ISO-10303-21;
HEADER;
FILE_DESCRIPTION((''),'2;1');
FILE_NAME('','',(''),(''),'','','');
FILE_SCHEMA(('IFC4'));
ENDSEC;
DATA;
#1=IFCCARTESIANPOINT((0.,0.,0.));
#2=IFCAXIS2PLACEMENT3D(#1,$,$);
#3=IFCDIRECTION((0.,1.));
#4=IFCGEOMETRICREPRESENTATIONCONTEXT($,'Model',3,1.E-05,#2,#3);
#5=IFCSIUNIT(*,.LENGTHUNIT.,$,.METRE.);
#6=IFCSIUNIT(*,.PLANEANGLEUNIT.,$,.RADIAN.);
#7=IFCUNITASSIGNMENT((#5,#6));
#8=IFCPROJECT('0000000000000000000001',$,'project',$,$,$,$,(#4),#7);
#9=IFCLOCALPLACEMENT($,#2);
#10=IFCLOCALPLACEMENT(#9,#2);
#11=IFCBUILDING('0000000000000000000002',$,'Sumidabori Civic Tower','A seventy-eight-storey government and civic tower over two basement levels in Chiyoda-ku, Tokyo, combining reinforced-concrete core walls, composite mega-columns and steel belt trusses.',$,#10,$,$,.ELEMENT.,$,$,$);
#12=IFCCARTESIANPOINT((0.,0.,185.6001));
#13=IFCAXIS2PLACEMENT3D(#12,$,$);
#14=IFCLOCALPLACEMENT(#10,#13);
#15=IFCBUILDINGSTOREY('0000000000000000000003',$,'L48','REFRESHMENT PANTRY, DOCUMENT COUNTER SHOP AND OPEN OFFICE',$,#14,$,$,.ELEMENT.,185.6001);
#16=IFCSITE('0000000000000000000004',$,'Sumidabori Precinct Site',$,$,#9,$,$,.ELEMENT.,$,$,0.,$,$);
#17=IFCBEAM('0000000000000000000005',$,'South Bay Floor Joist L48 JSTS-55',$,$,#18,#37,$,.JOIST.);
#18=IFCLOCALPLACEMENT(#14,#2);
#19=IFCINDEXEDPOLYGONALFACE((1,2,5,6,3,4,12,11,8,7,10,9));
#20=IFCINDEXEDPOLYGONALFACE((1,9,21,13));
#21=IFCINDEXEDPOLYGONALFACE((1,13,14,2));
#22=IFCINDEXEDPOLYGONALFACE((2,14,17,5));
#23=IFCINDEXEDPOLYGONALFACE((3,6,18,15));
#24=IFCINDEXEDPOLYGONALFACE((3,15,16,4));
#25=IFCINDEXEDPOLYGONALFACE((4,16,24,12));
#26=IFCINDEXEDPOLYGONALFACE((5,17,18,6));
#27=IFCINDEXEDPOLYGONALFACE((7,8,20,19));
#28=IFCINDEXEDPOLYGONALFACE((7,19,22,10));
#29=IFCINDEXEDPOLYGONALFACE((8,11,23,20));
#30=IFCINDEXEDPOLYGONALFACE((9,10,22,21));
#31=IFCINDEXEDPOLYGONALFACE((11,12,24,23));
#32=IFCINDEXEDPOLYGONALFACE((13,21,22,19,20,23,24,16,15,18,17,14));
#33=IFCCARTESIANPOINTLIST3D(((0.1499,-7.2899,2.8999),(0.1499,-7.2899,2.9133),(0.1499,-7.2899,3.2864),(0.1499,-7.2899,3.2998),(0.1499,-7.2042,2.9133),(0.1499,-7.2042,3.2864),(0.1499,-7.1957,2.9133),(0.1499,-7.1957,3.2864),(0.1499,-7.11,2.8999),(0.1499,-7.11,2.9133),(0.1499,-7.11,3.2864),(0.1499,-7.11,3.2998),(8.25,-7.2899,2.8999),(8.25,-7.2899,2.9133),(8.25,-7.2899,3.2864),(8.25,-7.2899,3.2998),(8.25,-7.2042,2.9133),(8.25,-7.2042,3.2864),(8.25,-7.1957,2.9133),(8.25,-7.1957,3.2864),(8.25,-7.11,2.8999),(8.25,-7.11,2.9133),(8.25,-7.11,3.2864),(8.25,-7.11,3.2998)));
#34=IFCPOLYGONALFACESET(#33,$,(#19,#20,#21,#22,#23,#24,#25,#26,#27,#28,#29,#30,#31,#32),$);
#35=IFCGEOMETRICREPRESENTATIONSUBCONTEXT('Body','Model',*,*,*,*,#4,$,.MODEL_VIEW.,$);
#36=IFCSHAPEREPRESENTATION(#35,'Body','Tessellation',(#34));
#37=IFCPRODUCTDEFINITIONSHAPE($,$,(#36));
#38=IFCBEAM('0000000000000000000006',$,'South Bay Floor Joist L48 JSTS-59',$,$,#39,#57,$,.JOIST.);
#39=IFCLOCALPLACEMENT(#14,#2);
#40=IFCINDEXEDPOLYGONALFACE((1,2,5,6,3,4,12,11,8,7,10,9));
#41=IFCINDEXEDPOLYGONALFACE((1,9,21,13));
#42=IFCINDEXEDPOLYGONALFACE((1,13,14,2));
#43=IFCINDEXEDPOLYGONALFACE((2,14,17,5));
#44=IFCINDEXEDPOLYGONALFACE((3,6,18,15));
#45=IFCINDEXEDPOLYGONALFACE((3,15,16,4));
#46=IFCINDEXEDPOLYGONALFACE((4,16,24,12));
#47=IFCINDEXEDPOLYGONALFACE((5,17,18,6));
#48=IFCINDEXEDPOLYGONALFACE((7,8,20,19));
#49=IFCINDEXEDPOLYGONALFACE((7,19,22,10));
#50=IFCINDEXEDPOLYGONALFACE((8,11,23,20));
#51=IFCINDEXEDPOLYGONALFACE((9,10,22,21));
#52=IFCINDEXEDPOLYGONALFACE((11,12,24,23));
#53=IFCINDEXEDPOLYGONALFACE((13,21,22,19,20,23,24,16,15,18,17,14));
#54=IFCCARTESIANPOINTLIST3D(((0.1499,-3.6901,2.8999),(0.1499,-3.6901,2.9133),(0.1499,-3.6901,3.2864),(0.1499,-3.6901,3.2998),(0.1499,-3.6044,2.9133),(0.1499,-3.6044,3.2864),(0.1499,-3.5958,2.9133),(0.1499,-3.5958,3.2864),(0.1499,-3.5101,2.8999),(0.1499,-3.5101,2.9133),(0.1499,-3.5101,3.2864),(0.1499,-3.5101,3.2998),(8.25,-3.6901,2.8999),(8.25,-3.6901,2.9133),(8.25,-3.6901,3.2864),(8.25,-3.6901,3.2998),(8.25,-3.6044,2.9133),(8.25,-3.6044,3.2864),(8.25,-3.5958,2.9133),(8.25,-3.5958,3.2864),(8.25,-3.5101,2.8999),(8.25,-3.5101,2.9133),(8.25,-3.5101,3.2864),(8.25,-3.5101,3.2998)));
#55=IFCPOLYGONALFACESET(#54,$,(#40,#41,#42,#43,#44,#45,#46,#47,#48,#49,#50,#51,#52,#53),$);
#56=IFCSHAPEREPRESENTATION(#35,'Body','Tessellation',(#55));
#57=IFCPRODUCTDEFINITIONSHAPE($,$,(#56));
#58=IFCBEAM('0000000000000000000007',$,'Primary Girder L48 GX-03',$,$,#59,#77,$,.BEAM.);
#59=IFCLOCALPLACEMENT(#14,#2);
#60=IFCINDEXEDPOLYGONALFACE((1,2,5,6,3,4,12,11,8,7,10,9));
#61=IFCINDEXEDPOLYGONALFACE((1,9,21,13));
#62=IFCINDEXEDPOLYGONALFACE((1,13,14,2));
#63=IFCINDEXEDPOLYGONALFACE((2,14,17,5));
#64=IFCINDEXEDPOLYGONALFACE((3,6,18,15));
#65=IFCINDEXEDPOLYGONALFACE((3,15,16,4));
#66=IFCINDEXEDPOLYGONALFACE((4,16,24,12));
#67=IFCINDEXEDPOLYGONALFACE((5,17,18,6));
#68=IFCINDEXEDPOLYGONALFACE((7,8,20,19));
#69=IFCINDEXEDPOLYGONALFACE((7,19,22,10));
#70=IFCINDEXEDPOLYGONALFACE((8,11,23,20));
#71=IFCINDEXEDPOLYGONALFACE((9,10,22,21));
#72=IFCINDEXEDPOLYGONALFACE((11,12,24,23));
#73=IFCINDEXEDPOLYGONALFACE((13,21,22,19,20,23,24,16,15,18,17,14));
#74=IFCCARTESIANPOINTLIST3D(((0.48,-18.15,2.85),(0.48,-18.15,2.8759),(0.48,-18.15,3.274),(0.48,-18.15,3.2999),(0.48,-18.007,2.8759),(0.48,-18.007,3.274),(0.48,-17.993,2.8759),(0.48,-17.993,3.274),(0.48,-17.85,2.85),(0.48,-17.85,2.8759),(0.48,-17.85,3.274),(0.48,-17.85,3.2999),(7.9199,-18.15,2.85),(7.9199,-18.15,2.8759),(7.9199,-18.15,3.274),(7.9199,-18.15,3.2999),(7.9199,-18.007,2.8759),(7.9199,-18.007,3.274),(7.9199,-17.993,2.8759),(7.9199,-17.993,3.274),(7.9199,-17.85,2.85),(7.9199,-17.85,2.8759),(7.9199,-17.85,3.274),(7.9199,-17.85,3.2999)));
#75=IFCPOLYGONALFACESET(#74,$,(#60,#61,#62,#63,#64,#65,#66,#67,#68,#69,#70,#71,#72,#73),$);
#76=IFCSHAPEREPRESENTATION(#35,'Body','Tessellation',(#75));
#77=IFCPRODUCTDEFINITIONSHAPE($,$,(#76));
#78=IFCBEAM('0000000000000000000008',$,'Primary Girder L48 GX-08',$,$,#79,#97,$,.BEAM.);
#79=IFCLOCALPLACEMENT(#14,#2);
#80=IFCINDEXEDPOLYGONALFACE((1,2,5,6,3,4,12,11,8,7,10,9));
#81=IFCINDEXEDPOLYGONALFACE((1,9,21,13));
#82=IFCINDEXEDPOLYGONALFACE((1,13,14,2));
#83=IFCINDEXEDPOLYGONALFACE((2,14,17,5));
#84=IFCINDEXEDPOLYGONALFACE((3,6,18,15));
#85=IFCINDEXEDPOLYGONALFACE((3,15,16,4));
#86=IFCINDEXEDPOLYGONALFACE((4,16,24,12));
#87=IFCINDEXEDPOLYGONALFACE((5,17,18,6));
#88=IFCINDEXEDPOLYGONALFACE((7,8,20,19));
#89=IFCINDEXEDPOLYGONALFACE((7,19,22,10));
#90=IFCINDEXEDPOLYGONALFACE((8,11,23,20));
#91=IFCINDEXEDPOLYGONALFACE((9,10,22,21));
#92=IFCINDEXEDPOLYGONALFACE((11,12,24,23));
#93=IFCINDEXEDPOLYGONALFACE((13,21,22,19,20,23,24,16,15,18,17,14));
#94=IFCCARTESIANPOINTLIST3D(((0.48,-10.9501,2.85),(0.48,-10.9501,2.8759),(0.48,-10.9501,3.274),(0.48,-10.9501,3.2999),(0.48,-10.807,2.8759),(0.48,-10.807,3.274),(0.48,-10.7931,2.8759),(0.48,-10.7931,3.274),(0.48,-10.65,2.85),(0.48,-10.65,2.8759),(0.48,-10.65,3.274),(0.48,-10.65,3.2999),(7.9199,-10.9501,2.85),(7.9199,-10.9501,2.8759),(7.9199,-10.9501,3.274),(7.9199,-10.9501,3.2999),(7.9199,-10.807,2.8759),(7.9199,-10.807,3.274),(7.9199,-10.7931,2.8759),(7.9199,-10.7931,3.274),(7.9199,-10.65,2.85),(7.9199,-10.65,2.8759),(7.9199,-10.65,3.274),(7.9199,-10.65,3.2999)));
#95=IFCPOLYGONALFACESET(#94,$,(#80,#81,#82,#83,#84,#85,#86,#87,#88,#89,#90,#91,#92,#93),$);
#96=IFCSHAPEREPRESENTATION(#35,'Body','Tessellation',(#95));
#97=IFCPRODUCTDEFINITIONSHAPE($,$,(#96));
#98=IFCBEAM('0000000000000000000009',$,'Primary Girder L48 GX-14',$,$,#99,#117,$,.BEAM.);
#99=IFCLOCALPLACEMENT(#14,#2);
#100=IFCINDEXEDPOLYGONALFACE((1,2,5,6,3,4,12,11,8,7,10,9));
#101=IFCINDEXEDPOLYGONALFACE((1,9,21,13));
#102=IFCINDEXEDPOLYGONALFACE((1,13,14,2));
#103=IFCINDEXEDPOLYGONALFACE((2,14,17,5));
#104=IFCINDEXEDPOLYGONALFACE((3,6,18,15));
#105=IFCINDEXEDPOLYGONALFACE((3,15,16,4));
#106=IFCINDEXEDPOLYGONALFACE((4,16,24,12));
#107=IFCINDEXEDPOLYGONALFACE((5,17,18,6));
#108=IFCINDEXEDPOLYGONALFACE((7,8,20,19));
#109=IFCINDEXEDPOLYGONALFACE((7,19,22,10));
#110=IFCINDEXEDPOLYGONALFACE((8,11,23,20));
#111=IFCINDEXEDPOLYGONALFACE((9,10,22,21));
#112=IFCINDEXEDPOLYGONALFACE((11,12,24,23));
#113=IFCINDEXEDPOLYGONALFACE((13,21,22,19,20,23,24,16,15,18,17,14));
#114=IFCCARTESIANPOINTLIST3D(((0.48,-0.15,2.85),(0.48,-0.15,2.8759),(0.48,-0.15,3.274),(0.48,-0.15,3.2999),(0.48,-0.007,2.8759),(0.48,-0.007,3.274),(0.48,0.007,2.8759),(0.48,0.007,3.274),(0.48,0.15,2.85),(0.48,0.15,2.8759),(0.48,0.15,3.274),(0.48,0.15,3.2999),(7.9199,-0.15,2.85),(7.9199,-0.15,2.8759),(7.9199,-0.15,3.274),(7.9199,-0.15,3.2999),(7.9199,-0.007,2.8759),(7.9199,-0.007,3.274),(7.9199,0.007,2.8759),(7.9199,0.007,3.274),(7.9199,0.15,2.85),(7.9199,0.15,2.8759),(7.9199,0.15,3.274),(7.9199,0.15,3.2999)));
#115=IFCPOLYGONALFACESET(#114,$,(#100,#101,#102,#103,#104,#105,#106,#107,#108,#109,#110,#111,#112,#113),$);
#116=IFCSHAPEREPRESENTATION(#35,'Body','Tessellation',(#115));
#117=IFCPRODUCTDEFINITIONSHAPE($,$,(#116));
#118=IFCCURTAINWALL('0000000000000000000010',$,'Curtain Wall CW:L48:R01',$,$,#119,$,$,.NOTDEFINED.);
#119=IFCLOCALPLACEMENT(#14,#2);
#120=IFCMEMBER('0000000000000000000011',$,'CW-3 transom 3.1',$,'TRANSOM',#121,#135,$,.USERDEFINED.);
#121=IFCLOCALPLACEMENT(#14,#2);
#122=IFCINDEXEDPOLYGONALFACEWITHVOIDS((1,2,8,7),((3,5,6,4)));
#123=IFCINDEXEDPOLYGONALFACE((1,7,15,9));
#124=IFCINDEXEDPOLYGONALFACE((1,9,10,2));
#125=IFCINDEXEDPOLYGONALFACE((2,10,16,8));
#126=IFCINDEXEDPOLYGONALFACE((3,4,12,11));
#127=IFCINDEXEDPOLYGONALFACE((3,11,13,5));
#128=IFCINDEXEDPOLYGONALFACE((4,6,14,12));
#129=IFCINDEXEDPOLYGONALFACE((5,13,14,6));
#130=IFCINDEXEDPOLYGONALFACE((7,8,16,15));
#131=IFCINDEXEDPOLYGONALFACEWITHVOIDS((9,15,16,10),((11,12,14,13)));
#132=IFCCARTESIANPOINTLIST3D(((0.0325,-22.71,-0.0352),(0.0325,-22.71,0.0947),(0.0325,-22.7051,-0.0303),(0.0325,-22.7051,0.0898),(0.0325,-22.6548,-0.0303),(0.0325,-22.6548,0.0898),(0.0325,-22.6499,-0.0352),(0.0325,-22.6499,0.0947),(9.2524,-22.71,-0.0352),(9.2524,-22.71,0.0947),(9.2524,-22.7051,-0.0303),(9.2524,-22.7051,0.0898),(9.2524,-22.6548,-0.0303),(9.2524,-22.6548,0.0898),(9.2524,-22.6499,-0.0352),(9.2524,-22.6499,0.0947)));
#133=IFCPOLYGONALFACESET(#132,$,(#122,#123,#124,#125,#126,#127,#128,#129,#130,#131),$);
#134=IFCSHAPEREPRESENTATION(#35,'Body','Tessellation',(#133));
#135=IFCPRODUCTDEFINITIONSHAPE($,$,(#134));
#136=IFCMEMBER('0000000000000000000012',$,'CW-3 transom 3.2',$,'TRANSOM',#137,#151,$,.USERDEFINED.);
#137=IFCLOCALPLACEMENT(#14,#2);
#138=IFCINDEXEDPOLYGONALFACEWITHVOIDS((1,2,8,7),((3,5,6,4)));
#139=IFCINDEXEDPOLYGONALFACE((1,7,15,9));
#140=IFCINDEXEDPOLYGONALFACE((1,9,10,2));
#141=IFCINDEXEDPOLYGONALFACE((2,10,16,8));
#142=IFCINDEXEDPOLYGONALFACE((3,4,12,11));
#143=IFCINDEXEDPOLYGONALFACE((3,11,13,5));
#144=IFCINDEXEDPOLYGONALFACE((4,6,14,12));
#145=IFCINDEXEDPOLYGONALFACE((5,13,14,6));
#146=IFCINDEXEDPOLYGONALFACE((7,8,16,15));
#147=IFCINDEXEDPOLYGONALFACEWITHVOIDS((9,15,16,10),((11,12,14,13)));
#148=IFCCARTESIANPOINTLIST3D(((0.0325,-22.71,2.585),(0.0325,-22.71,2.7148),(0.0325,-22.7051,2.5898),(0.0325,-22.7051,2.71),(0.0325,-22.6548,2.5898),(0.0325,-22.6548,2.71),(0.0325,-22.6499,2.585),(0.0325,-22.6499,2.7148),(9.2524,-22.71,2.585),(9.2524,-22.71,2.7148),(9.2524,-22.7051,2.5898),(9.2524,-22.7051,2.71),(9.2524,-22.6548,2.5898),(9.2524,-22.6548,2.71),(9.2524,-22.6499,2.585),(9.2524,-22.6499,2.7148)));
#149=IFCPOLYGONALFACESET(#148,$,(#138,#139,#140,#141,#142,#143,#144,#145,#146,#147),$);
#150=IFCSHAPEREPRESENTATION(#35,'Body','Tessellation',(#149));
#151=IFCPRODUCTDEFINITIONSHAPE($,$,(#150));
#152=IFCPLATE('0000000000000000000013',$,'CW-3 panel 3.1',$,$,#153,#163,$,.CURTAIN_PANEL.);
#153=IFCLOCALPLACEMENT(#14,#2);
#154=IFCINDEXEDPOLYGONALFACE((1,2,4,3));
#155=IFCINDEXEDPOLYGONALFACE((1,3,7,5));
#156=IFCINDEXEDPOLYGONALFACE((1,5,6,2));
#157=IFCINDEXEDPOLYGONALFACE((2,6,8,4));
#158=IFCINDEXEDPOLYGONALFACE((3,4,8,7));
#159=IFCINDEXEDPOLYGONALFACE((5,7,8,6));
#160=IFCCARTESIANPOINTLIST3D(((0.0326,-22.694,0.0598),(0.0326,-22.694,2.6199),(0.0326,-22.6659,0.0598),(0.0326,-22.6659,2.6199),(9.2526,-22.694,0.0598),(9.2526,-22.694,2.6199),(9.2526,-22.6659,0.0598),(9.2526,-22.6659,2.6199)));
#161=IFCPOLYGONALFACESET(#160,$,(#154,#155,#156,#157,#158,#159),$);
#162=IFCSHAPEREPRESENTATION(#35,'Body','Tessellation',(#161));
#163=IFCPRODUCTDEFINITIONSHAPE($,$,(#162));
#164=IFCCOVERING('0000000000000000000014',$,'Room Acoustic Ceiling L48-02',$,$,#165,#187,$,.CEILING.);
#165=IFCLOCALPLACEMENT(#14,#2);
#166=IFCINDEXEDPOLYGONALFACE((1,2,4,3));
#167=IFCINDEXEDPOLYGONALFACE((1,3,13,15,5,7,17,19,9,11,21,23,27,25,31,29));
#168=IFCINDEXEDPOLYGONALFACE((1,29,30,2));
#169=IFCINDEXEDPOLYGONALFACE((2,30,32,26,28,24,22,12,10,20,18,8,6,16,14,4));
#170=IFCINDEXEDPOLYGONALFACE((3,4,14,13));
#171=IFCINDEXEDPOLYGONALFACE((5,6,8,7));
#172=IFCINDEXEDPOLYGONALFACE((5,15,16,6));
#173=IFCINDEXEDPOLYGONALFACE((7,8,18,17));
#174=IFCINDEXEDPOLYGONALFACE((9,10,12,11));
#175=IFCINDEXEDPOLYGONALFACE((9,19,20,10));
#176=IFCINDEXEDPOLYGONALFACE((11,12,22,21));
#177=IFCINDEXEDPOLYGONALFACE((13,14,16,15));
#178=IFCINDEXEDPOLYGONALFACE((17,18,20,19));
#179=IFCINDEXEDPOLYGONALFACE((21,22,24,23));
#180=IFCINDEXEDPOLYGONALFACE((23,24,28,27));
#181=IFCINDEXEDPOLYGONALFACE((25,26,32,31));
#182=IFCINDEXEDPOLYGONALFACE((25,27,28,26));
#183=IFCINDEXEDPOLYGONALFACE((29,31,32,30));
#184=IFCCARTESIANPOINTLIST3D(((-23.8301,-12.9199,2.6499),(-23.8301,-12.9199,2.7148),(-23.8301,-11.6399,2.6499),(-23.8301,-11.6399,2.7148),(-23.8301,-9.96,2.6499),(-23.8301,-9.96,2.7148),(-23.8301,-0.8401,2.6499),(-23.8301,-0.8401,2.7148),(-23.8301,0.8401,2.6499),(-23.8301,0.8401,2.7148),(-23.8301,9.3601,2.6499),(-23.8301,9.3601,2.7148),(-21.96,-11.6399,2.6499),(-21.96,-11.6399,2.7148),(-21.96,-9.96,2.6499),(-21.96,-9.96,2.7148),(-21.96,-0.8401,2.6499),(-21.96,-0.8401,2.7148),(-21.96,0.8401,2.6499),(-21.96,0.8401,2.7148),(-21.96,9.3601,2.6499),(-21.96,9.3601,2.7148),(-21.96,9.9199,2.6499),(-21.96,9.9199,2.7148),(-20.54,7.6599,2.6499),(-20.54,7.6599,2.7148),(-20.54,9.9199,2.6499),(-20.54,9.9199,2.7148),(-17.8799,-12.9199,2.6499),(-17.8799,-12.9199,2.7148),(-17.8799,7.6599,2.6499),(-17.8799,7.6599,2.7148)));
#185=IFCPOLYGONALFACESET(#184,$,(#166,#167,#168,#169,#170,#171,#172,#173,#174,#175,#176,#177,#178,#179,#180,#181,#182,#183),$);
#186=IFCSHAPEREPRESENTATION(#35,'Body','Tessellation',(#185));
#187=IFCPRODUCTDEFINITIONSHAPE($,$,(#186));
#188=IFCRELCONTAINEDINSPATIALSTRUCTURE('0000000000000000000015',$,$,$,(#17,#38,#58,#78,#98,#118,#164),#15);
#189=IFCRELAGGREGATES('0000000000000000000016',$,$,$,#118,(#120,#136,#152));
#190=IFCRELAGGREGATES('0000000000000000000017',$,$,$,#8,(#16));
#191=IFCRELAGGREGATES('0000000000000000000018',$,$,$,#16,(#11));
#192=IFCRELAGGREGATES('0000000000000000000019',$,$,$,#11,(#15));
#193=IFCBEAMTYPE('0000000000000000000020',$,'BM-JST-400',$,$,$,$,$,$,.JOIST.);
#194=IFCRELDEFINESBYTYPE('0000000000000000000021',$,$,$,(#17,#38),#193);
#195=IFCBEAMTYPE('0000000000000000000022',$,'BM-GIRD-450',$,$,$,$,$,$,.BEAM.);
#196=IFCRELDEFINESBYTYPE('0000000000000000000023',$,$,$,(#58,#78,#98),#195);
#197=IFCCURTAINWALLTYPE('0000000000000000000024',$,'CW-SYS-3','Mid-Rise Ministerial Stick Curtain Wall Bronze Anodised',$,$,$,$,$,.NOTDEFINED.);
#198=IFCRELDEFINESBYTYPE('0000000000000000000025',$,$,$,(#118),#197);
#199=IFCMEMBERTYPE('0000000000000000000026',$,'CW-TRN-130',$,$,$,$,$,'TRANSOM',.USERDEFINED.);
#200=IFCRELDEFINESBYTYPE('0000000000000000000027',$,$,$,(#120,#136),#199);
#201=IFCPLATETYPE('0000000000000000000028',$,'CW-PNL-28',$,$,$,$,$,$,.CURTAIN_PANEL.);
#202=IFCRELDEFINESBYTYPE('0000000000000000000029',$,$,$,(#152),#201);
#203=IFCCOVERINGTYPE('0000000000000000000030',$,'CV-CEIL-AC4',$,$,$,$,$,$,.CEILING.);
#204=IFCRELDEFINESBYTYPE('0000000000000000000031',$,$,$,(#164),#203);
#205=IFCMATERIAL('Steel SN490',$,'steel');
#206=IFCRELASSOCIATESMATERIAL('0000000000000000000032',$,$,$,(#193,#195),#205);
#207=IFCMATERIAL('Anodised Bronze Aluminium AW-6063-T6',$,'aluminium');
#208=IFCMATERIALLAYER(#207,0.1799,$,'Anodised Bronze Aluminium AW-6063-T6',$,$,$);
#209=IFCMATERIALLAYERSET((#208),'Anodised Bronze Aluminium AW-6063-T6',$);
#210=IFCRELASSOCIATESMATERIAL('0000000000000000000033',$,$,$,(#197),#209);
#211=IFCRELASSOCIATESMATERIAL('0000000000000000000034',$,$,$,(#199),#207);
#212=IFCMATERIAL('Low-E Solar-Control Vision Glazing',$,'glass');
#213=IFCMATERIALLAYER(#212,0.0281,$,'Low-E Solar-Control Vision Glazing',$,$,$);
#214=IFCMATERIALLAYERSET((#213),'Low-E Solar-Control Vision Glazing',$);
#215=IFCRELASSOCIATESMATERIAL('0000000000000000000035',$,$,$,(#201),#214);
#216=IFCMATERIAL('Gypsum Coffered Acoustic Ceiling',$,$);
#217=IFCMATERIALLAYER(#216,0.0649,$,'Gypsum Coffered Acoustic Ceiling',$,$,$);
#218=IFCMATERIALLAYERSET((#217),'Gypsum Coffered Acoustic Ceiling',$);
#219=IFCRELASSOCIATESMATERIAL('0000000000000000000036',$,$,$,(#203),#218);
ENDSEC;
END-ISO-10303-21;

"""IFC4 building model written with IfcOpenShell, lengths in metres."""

from ifc_helpers import new_model, si_unit, direction, frame, origin, origin_2d, place, context, subcontext, project, spatial, polyline, rectangle, hollow_rectangle, i_section, outline, extrude, source, transform, mapped, material, layer, layer_set, material_profile, profile_set, type_object, element, aggregate, save


model = new_model("IFC4")

# Units and contexts
model_context = context("Model", 3, precision=1e-05, world=origin(), true_north=direction((0.0, 1.0)))
body_context = subcontext(model_context, "Body", "Model", "MODEL_VIEW")
ifc_project = project(units=[si_unit("LENGTHUNIT", "METRE"), si_unit("PLANEANGLEUNIT", "RADIAN")], contexts=[model_context])

# Site, building, storey
site_placement = place(None, origin())
site = spatial("IfcSite", under=ifc_project, at=site_placement, Name="Sumidabori Precinct Site", CompositionType="ELEMENT", RefElevation=0.0)
building_placement = place(site_placement, origin())
building = spatial("IfcBuilding", under=site, at=building_placement, Name="Sumidabori Civic Tower", Description="A seventy-eight-storey government and civic tower over two basement levels in Chiyoda-ku, Tokyo, combining reinforced-concrete core walls, composite mega-columns and steel belt trusses.", CompositionType="ELEMENT")
storey_placement = place(building_placement, frame((0.0, 0.0, 185.6001)))
storey = spatial("IfcBuildingStorey", under=building, at=storey_placement, Name="L48", Description="REFRESHMENT PANTRY, DOCUMENT COUNTER SHOP AND OPEN OFFICE", CompositionType="ELEMENT", Elevation=185.6001)

# Beams
ifc_material_1 = material(Name="Steel SN490", Category="steel")
ifc_material_profile_1 = material_profile(ifc_material_1, i_section(OverallWidth=0.1799, OverallDepth=0.3999, WebThickness=0.0085, FlangeThickness=0.0134, at=origin_2d()), Name="IPE 400")
ifc_profile_set_1 = profile_set([ifc_material_profile_1], Name="Steel SN490")
beam_type_1 = type_object("IfcBeamType", Name="BM-JST-400", PredefinedType="JOIST", material=ifc_profile_set_1)
shared_shape_1 = source(origin(), body_context, "Body", "SweptSolid", [
    extrude(i_section(OverallWidth=0.1799, OverallDepth=0.3999, WebThickness=0.0085, FlangeThickness=0.0134, at=origin_2d()), origin(), (0.0, 0.0, 1.0), 8.1001),
])
for number, where, z_axis, x_axis, name in (
    (1, (0.1499, -7.2, 3.0999), (1.0, 0.0, 0.0), (0.0, 1.0, 0.0), "South Bay Floor Joist L48 JSTS-55"),
    (2, (0.1499, -3.6001, 3.0999), (1.0, 0.0, 0.0), (0.0, 1.0, 0.0), "South Bay Floor Joist L48 JSTS-59"),
):
    element("IfcBeam", number, at=place(storey_placement, frame(where, z_axis=z_axis, x_axis=x_axis)), inside=storey, type_object=beam_type_1, Name=name, PredefinedType="JOIST", context=body_context, shape_type="MappedRepresentation", body=[
        mapped(shared_shape_1, transform((0.0, 0.0, 0.0), x_axis=(1.0, 0.0, 0.0), y_axis=(0.0, 1.0, 0.0), z_axis=(0.0, 0.0, 1.0), scale=1.0)),
    ])
ifc_material_profile_2 = material_profile(ifc_material_1, i_section(OverallWidth=0.3, OverallDepth=0.45, WebThickness=0.0139, FlangeThickness=0.0259, at=origin_2d()), Name="HE 450 B")
ifc_profile_set_2 = profile_set([ifc_material_profile_2], Name="Steel SN490")
beam_type_2 = type_object("IfcBeamType", Name="BM-GIRD-450", PredefinedType="BEAM", material=ifc_profile_set_2)
shared_shape_2 = source(origin(), body_context, "Body", "SweptSolid", [
    extrude(i_section(OverallWidth=0.3, OverallDepth=0.45, WebThickness=0.0139, FlangeThickness=0.0259, at=origin_2d()), origin(), (0.0, 0.0, 1.0), 7.4399),
])
for number, where, z_axis, x_axis, name in (
    (3, (0.48, -18.0, 3.075), (1.0, 0.0, 0.0), (0.0, 1.0, 0.0), "Primary Girder L48 GX-03"),
    (4, (0.48, -10.8, 3.075), (1.0, 0.0, 0.0), (0.0, 1.0, 0.0), "Primary Girder L48 GX-08"),
    (5, (0.48, 0.0, 3.075), (1.0, 0.0, 0.0), (0.0, 1.0, 0.0), "Primary Girder L48 GX-14"),
):
    element("IfcBeam", number, at=place(storey_placement, frame(where, z_axis=z_axis, x_axis=x_axis)), inside=storey, type_object=beam_type_2, Name=name, PredefinedType="BEAM", context=body_context, shape_type="MappedRepresentation", body=[
        mapped(shared_shape_2, transform((0.0, 0.0, 0.0), x_axis=(1.0, 0.0, 0.0), y_axis=(0.0, 1.0, 0.0), z_axis=(0.0, 0.0, 1.0), scale=1.0)),
    ])

# Curtain wall, members, plate
ifc_material_2 = material(Name="Anodised Bronze Aluminium AW-6063-T6", Category="aluminium")
ifc_layer_1 = layer(ifc_material_2, 0.1799, Name="Anodised Bronze Aluminium AW-6063-T6")
ifc_layer_set_1 = layer_set([ifc_layer_1], Name="Anodised Bronze Aluminium AW-6063-T6")
curtain_wall_type = type_object("IfcCurtainWallType", Name="CW-SYS-3", Description="Mid-Rise Ministerial Stick Curtain Wall Bronze Anodised", PredefinedType="NOTDEFINED", material=ifc_layer_set_1)
curtain_wall_placement = place(storey_placement, origin())
curtain_wall = element("IfcCurtainWall", 6, at=curtain_wall_placement, inside=storey, type_object=curtain_wall_type, Name="Curtain Wall CW:L48:R01", PredefinedType="NOTDEFINED")
ifc_material_profile_3 = material_profile(ifc_material_2, hollow_rectangle(XDim=0.0601, YDim=0.1299, WallThickness=0.0049, at=origin_2d()), Name="ALU TRANSOM 130x60")
ifc_profile_set_3 = profile_set([ifc_material_profile_3], Name="Anodised Bronze Aluminium AW-6063-T6")
member_type = type_object("IfcMemberType", Name="CW-TRN-130", ElementType="TRANSOM", PredefinedType="USERDEFINED", material=ifc_profile_set_3)
shared_shape_3 = source(origin(), body_context, "Body", "SweptSolid", [
    extrude(hollow_rectangle(XDim=0.0601, YDim=0.1299, WallThickness=0.0049, at=origin_2d()), origin(), (0.0, 0.0, 1.0), 9.22),
])
member_1_placement = place(storey_placement, frame((0.0325, -22.6799, 0.0298), z_axis=(1.0, 0.0, 0.0), x_axis=(0.0, 1.0, 0.0)))
member_1 = element("IfcMember", 7, at=member_1_placement, type_object=member_type, Name="CW-3 transom 3.1", ObjectType="TRANSOM", PredefinedType="USERDEFINED", context=body_context, shape_type="MappedRepresentation", body=[
    mapped(shared_shape_3, transform((0.0, 0.0, 0.0), x_axis=(1.0, 0.0, 0.0), y_axis=(0.0, 1.0, 0.0), z_axis=(0.0, 0.0, 1.0), scale=1.0)),
])
member_2_placement = place(storey_placement, frame((0.0325, -22.6799, 2.6499), z_axis=(1.0, 0.0, 0.0), x_axis=(0.0, 1.0, 0.0)))
member_2 = element("IfcMember", 8, at=member_2_placement, type_object=member_type, Name="CW-3 transom 3.2", ObjectType="TRANSOM", PredefinedType="USERDEFINED", context=body_context, shape_type="MappedRepresentation", body=[
    mapped(shared_shape_3, transform((0.0, 0.0, 0.0), x_axis=(1.0, 0.0, 0.0), y_axis=(0.0, 1.0, 0.0), z_axis=(0.0, 0.0, 1.0), scale=1.0)),
])
ifc_material_3 = material(Name="Low-E Solar-Control Vision Glazing", Category="glass")
ifc_layer_2 = layer(ifc_material_3, 0.0281, Name="Low-E Solar-Control Vision Glazing")
ifc_layer_set_2 = layer_set([ifc_layer_2], Name="Low-E Solar-Control Vision Glazing")
plate_type = type_object("IfcPlateType", Name="CW-PNL-28", PredefinedType="CURTAIN_PANEL", material=ifc_layer_set_2)
shared_shape_4 = source(origin(), body_context, "Body", "SweptSolid", [
    extrude(rectangle(XDim=9.22, YDim=0.0281, at=origin_2d()), origin(), (0.0, 0.0, 1.0), 2.5601),
])
plate_placement = place(storey_placement, frame((4.6426, -22.6799, 0.0598), z_axis=(0.0, 0.0, 1.0), x_axis=(1.0, 0.0, 0.0)))
plate = element("IfcPlate", 9, at=plate_placement, type_object=plate_type, Name="CW-3 panel 3.1", PredefinedType="CURTAIN_PANEL", context=body_context, shape_type="MappedRepresentation", body=[
    mapped(shared_shape_4, transform((0.0, 0.0, 0.0), x_axis=(1.0, 0.0, 0.0), y_axis=(0.0, 1.0, 0.0), z_axis=(0.0, 0.0, 1.0), scale=1.0)),
])
aggregate(curtain_wall, [member_1, member_2, plate])

# Covering
ifc_material_4 = material(Name="Gypsum Coffered Acoustic Ceiling")
ifc_layer_3 = layer(ifc_material_4, 0.0649, Name="Gypsum Coffered Acoustic Ceiling")
ifc_layer_set_3 = layer_set([ifc_layer_3], Name="Gypsum Coffered Acoustic Ceiling")
covering_type_1 = type_object("IfcCoveringType", Name="CV-CEIL-AC4", PredefinedType="CEILING", material=ifc_layer_set_3)
covering_1_placement = place(storey_placement, frame((0.0, 0.0, 2.6499)))
element("IfcCovering", 10, at=covering_1_placement, inside=storey, type_object=covering_type_1, Name="Room Acoustic Ceiling L48-02", PredefinedType="CEILING", context=body_context, shape_type="SweptSolid", body=[
    extrude(outline(polyline([(-23.8301, -0.8401), (-21.96, -0.8401), (-21.96, 0.8401), (-23.8301, 0.8401), (-23.8301, 9.3601), (-21.96, 9.3601), (-21.96, 9.9199), (-20.54, 9.9199), (-20.54, 7.6599), (-17.8799, 7.6599), (-17.8799, -12.9199), (-23.8301, -12.9199), (-23.8301, -11.6399), (-21.96, -11.6399), (-21.96, -9.96), (-23.8301, -9.96), (-23.8301, -0.8401)])), origin(), (0.0, 0.0, 1.0), 0.0649),
])

save(model, "model.ifc")
